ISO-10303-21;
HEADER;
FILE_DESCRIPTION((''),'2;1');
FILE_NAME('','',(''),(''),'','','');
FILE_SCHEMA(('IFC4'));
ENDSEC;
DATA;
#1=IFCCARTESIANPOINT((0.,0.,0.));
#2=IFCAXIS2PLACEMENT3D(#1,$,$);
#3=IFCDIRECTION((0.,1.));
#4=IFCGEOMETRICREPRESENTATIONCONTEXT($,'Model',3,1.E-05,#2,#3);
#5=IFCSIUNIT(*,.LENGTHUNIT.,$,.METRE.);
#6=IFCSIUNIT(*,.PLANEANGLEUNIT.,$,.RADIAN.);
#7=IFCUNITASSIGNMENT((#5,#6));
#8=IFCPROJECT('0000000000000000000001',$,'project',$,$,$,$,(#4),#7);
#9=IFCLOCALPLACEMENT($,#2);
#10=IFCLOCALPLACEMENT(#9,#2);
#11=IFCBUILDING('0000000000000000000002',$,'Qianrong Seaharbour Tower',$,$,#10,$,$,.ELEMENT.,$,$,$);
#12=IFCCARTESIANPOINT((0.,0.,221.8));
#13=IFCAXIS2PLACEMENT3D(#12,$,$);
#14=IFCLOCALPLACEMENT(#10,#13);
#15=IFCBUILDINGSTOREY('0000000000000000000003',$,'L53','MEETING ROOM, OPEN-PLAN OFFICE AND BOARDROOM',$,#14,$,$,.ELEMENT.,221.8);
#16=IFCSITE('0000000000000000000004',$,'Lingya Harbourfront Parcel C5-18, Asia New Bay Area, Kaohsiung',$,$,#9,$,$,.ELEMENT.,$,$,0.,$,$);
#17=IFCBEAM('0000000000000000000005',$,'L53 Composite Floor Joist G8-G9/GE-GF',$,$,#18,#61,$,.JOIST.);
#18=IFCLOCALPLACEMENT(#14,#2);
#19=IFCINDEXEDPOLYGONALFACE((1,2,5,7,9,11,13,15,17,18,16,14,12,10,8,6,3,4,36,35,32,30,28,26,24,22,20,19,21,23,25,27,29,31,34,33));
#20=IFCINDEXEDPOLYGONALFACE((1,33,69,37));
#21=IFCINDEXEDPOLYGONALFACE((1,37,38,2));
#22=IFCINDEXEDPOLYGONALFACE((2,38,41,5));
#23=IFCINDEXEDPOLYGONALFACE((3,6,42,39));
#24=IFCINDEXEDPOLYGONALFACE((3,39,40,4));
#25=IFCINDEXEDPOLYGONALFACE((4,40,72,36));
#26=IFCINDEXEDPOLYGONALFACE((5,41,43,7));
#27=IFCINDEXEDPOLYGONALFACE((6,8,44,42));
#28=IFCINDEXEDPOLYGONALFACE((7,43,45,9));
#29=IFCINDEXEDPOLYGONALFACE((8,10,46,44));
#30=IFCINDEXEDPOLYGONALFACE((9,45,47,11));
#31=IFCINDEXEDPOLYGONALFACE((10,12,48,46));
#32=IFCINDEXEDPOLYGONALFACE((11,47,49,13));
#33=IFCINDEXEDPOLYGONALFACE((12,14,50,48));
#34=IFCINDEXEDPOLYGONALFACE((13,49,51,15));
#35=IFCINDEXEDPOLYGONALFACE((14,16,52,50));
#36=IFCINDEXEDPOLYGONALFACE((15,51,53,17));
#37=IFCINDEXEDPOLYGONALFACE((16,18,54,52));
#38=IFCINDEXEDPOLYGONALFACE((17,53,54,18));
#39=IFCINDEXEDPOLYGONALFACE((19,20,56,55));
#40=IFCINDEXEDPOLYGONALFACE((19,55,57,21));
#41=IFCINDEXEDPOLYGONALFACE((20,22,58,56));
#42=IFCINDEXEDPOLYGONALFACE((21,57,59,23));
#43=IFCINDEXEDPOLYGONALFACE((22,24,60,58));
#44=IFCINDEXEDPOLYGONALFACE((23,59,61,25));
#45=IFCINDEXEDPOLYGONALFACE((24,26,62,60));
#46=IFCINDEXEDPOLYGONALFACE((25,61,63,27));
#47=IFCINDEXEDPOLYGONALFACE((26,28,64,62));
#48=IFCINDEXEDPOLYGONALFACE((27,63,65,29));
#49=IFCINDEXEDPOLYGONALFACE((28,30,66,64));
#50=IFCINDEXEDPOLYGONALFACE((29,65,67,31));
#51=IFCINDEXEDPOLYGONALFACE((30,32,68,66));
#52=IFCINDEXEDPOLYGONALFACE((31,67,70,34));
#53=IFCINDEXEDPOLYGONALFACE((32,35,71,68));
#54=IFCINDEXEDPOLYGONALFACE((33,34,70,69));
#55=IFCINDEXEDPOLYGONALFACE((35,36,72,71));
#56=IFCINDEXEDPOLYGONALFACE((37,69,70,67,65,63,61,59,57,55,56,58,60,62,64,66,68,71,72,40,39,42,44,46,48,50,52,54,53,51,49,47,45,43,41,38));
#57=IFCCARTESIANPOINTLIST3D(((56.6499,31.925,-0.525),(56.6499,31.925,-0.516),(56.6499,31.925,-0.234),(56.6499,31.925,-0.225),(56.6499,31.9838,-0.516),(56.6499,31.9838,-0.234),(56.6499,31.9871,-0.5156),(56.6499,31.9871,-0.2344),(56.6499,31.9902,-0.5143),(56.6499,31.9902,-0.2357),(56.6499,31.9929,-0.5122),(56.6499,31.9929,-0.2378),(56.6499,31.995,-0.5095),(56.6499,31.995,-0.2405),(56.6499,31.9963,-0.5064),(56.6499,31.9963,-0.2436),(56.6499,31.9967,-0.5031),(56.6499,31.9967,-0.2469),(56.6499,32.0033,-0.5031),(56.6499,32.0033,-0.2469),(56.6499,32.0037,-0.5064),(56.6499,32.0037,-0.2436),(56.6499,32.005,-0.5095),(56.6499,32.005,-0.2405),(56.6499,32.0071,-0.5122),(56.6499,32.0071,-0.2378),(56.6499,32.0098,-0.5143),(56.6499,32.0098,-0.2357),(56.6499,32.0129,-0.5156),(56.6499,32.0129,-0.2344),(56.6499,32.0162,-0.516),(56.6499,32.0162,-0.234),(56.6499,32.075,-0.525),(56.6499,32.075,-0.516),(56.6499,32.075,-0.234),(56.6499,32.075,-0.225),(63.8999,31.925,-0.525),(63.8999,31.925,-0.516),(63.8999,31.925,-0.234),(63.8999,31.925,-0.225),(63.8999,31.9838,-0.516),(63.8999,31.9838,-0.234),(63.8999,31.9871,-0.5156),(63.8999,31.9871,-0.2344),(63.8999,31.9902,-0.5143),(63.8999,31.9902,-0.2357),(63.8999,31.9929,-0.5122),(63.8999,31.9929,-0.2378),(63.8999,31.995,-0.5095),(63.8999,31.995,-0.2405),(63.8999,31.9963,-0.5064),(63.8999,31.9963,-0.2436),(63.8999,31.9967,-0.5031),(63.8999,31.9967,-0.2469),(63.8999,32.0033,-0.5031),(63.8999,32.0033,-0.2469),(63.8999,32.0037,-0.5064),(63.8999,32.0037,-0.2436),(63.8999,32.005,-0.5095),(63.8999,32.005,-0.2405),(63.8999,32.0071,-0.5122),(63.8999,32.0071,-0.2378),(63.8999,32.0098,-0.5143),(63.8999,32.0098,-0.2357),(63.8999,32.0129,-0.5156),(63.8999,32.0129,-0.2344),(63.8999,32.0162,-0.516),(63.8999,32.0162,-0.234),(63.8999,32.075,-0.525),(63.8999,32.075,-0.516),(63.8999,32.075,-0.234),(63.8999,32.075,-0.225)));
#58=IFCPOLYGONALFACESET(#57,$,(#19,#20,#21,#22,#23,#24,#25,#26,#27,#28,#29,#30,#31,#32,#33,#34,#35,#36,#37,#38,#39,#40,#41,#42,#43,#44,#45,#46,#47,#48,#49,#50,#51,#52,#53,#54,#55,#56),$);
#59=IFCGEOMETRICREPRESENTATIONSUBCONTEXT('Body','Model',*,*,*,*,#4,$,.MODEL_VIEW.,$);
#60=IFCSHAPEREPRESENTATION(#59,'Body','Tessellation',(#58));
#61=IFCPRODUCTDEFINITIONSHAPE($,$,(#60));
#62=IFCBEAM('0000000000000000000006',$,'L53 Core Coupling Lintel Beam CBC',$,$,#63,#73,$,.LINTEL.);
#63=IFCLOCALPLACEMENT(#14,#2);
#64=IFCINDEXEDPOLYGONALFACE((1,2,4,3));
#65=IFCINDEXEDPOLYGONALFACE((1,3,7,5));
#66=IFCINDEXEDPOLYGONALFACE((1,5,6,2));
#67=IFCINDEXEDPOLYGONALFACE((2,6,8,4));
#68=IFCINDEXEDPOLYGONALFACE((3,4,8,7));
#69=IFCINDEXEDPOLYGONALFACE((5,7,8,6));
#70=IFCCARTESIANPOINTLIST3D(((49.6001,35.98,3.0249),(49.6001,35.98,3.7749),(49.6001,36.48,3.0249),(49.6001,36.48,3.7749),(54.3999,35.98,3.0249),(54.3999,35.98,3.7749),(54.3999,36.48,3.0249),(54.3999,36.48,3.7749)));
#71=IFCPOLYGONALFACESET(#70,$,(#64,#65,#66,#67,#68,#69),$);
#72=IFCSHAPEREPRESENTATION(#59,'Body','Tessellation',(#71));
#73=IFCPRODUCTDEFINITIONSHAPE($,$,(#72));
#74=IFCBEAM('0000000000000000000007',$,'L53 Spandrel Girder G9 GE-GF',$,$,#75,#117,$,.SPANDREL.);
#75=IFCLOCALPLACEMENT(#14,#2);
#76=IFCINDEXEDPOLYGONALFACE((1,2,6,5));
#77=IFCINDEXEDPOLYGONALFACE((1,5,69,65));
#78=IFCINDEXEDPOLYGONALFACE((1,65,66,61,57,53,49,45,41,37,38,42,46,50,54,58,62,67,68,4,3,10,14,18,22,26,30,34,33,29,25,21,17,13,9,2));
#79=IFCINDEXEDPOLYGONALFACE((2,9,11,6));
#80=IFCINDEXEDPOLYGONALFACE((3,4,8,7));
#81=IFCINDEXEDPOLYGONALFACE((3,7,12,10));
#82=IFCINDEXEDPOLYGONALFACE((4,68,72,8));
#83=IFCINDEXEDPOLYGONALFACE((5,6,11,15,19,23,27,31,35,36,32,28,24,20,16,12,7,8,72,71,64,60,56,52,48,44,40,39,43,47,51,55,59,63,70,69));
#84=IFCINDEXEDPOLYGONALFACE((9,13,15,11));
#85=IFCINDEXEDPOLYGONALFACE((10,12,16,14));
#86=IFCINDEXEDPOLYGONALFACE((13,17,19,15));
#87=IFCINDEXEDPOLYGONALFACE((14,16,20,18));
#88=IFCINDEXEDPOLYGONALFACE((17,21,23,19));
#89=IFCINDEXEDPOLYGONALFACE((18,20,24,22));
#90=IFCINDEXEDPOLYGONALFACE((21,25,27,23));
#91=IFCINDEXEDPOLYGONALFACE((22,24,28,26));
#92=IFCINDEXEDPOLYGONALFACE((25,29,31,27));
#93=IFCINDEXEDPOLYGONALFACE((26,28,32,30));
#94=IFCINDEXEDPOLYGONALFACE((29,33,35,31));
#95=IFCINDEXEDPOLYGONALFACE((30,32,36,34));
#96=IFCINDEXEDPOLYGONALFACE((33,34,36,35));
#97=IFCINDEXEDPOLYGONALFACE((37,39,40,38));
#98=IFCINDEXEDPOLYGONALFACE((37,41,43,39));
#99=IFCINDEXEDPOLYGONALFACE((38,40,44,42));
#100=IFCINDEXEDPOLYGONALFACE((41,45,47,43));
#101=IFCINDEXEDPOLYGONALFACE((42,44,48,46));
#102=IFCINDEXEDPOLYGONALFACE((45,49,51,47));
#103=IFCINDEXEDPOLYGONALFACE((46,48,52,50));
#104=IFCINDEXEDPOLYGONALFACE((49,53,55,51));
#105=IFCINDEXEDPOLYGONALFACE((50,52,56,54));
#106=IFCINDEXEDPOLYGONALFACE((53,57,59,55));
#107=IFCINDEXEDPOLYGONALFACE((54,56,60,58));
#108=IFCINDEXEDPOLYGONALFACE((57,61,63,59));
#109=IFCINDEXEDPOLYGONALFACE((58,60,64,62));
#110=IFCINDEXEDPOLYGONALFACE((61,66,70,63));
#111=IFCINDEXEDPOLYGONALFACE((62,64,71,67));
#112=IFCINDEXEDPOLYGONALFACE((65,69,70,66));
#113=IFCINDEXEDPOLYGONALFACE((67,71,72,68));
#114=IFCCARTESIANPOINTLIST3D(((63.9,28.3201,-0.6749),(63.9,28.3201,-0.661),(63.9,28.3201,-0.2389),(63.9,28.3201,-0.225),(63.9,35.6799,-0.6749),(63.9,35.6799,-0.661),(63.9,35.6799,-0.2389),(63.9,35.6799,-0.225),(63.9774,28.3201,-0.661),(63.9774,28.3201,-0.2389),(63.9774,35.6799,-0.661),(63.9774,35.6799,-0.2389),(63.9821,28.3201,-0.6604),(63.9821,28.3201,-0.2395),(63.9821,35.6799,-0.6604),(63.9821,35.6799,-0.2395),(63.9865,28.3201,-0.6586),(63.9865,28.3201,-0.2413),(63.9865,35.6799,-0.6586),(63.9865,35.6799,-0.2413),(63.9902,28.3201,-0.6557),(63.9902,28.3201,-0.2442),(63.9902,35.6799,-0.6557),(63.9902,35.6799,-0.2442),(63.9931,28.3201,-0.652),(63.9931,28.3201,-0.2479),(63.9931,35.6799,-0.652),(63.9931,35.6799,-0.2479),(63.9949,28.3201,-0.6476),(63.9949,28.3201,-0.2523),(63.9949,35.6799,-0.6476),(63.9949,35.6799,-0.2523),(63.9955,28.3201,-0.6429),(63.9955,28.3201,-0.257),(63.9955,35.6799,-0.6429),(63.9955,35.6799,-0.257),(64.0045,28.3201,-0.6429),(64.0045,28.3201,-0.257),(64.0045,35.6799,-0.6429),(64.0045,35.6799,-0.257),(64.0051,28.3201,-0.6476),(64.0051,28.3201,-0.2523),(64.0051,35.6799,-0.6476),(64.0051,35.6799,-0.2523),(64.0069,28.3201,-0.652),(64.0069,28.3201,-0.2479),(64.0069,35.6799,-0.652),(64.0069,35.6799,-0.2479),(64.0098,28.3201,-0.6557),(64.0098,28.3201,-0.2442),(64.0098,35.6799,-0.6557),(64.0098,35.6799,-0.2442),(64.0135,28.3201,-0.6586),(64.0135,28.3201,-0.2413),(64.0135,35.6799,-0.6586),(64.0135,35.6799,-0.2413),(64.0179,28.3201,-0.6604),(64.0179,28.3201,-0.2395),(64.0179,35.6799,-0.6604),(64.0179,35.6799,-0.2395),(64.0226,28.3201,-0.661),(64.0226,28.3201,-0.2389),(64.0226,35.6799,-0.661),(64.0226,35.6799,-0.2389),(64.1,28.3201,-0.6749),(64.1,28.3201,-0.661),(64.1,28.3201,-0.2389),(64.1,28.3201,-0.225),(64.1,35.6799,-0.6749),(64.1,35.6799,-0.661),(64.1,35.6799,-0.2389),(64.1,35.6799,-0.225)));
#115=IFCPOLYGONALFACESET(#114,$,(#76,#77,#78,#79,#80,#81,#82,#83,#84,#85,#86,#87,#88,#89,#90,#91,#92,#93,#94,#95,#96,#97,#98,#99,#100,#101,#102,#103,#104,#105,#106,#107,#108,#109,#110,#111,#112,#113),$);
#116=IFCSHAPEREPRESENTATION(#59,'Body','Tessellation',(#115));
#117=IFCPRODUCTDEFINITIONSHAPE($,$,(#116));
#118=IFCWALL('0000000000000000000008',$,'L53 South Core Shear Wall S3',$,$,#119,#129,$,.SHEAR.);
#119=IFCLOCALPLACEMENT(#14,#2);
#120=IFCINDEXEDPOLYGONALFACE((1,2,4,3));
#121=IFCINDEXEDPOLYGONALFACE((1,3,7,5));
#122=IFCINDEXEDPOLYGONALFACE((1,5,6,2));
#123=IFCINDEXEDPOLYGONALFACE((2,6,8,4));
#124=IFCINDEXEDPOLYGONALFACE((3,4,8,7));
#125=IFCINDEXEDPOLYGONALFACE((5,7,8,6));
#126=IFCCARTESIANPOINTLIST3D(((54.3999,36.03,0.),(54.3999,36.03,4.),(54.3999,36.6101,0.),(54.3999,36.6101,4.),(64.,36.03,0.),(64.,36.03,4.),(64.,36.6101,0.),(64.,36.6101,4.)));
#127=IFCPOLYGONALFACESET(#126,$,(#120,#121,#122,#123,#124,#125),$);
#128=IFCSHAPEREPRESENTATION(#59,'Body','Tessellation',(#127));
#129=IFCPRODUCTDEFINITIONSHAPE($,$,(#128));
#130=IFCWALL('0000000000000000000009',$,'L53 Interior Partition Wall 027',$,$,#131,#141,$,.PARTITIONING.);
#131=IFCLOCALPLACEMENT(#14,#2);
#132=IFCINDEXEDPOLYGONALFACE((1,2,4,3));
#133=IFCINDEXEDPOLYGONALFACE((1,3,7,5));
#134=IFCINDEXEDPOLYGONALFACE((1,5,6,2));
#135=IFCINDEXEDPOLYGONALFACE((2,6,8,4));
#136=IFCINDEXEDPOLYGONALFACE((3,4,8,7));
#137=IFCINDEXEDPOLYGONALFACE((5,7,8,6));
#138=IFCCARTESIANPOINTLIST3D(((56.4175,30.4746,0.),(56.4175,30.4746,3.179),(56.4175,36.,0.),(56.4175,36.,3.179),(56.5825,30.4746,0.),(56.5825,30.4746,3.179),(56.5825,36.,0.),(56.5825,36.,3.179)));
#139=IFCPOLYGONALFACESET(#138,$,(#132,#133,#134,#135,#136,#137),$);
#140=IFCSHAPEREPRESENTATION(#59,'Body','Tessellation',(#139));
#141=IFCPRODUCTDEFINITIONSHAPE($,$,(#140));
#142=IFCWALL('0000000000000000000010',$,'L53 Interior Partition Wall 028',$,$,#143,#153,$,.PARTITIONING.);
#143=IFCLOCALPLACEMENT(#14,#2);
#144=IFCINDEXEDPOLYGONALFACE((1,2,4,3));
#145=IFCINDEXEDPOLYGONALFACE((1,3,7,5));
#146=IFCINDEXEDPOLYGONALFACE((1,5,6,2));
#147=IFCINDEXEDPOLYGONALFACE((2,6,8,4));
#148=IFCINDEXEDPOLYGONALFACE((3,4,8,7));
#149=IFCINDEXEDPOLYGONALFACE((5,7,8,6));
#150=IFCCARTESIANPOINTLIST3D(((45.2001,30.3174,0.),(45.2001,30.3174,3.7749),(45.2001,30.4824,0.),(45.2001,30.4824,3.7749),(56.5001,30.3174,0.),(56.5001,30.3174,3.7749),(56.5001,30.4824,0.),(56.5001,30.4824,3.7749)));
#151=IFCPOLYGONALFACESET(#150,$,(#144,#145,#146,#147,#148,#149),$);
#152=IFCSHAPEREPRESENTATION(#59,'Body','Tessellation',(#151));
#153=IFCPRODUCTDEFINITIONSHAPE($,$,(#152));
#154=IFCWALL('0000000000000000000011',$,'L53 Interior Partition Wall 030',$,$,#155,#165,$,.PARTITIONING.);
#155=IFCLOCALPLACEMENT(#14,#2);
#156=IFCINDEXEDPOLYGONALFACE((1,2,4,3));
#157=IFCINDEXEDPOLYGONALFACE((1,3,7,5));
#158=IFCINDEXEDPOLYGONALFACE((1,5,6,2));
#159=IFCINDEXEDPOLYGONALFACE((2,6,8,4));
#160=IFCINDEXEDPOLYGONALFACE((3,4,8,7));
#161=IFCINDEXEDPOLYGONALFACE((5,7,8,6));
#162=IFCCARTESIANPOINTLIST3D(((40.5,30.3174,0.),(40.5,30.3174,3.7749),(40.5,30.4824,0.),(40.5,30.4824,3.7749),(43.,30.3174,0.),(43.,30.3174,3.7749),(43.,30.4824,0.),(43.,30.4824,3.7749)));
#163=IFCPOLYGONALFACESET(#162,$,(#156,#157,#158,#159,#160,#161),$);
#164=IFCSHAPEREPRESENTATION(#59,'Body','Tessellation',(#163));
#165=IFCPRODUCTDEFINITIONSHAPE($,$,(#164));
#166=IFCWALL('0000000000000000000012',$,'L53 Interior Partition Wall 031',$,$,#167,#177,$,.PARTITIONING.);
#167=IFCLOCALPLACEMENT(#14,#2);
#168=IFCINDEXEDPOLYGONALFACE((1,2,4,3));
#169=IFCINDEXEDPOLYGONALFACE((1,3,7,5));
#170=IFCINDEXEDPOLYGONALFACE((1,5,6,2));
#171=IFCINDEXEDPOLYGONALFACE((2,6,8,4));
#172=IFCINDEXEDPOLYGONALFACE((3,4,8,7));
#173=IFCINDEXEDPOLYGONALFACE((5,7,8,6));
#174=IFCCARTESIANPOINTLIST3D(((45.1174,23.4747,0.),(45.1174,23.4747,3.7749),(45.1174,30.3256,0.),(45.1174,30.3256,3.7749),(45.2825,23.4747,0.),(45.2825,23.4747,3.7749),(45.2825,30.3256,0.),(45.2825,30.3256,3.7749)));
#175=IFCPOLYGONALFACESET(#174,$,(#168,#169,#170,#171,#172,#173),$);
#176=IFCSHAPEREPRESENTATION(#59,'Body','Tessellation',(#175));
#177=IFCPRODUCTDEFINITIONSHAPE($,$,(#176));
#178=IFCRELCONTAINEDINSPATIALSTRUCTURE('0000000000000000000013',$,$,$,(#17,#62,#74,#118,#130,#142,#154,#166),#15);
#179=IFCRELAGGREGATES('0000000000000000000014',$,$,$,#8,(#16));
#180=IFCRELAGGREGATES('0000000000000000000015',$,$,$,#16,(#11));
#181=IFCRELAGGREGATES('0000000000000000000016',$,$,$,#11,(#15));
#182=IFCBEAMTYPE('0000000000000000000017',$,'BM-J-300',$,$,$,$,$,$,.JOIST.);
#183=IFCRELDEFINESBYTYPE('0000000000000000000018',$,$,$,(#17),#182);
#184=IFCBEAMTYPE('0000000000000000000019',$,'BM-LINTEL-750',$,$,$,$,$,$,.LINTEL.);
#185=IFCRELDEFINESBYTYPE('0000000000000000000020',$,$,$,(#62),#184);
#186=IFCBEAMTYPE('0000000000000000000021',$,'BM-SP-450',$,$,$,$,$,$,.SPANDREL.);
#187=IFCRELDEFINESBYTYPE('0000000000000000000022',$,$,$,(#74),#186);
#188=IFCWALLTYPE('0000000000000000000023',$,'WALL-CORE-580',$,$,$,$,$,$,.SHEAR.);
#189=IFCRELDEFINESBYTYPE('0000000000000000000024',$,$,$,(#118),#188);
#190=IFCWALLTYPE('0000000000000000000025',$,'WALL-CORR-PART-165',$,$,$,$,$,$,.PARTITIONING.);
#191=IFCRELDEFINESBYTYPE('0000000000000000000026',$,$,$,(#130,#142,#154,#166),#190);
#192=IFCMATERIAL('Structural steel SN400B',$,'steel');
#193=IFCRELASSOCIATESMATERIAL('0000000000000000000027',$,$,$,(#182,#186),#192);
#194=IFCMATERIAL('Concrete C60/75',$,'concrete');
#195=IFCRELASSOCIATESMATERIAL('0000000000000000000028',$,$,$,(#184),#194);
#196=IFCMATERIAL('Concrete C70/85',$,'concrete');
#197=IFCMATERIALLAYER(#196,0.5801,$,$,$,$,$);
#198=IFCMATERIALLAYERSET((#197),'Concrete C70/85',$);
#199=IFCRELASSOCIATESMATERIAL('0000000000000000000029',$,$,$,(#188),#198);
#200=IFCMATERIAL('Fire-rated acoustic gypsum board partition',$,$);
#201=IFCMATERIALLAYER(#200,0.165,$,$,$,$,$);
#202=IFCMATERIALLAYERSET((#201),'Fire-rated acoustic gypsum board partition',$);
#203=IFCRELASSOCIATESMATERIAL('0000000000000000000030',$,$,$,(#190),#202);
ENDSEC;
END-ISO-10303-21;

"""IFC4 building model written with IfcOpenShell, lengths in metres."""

from ifc_helpers import new_model, si_unit, direction, frame, frame_2d, origin, origin_2d, place, context, subcontext, project, spatial, rectangle, i_section, extrude, material, layer, layer_set, material_profile, profile_set, type_object, element, save


model = new_model("IFC4")

# Units and contexts
model_context = context("Model", 3, precision=1e-05, world=origin(), true_north=direction((0.0, 1.0)))
body_context = subcontext(model_context, "Body", "Model", "MODEL_VIEW")
ifc_project = project(units=[si_unit("LENGTHUNIT", "METRE"), si_unit("PLANEANGLEUNIT", "RADIAN")], contexts=[model_context])

# Site, building, storey
site_placement = place(None, origin())
site = spatial("IfcSite", under=ifc_project, at=site_placement, Name="Lingya Harbourfront Parcel C5-18, Asia New Bay Area, Kaohsiung", CompositionType="ELEMENT", RefElevation=0.0)
building_placement = place(site_placement, origin())
building = spatial("IfcBuilding", under=site, at=building_placement, Name="Qianrong Seaharbour Tower", CompositionType="ELEMENT")
storey_placement = place(building_placement, frame((0.0, 0.0, 221.8)))
storey = spatial("IfcBuildingStorey", under=building, at=storey_placement, Name="L53", Description="MEETING ROOM, OPEN-PLAN OFFICE AND BOARDROOM", CompositionType="ELEMENT", Elevation=221.8)

# Beams
ifc_material_1 = material(Name="Structural steel SN400B", Category="steel")
ifc_material_profile_1 = material_profile(ifc_material_1, i_section(OverallWidth=0.1499, OverallDepth=0.3, WebThickness=0.0066, FlangeThickness=0.009, FilletRadius=0.0129, at=origin_2d()), Name="H300x150x6.5x9")
ifc_profile_set_1 = profile_set([ifc_material_profile_1], Name="Structural steel SN400B")
beam_type_1 = type_object("IfcBeamType", Name="BM-J-300", PredefinedType="JOIST", material=ifc_profile_set_1)
for number, where, z_axis, x_axis, name in (
    (1, (56.6499, 32.0, -0.375), (1.0, 0.0, 0.0), (0.0, 1.0, 0.0), "L53 Composite Floor Joist G8-G9/GE-GF"),
):
    element("IfcBeam", number, at=place(storey_placement, frame(where, z_axis=z_axis, x_axis=x_axis)), inside=storey, type_object=beam_type_1, Name=name, PredefinedType="JOIST", context=body_context, shape_type="SweptSolid", body=[
        extrude(i_section(OverallWidth=0.1499, OverallDepth=0.3, WebThickness=0.0066, FlangeThickness=0.009, FilletRadius=0.0129, at=origin_2d()), origin(), (0.0, 0.0, 1.0), 7.25),
    ])
ifc_material_2 = material(Name="Concrete C60/75", Category="concrete")
ifc_material_profile_2 = material_profile(ifc_material_2, rectangle(XDim=0.5, YDim=0.75, at=origin_2d()), Name="RC500x750")
ifc_profile_set_2 = profile_set([ifc_material_profile_2], Name="Concrete C60/75")
beam_type_2 = type_object("IfcBeamType", Name="BM-LINTEL-750", PredefinedType="LINTEL", material=ifc_profile_set_2)
beam_1_placement = place(storey_placement, frame((49.6001, 36.23, 3.3999), z_axis=(1.0, 0.0, 0.0), x_axis=(0.0, 1.0, 0.0)))
element("IfcBeam", 2, at=beam_1_placement, inside=storey, type_object=beam_type_2, Name="L53 Core Coupling Lintel Beam CBC", PredefinedType="LINTEL", context=body_context, shape_type="SweptSolid", body=[
    extrude(rectangle(XDim=0.5, YDim=0.75, at=origin_2d()), origin(), (0.0, 0.0, 1.0), 4.7998),
])
ifc_material_profile_3 = material_profile(ifc_material_1, i_section(OverallWidth=0.2, OverallDepth=0.45, WebThickness=0.009, FlangeThickness=0.0139, FilletRadius=0.0181, at=origin_2d()), Name="H450x200x9x14")
ifc_profile_set_3 = profile_set([ifc_material_profile_3], Name="Structural steel SN400B")
beam_type_3 = type_object("IfcBeamType", Name="BM-SP-450", PredefinedType="SPANDREL", material=ifc_profile_set_3)
beam_2_placement = place(storey_placement, frame((64.0, 28.3201, -0.45), z_axis=(0.0, 1.0, 0.0), x_axis=(-1.0, 0.0, 0.0)))
element("IfcBeam", 3, at=beam_2_placement, inside=storey, type_object=beam_type_3, Name="L53 Spandrel Girder G9 GE-GF", PredefinedType="SPANDREL", context=body_context, shape_type="SweptSolid", body=[
    extrude(i_section(OverallWidth=0.2, OverallDepth=0.45, WebThickness=0.009, FlangeThickness=0.0139, FilletRadius=0.0181, at=origin_2d()), origin(), (0.0, 0.0, 1.0), 7.3599),
])

# Walls
ifc_material_3 = material(Name="Concrete C70/85", Category="concrete")
ifc_layer_1 = layer(ifc_material_3, 0.5801)
ifc_layer_set_1 = layer_set([ifc_layer_1], Name="Concrete C70/85")
wall_type_1 = type_object("IfcWallType", Name="WALL-CORE-580", PredefinedType="SHEAR", material=ifc_layer_set_1)
wall_1_placement = place(storey_placement, frame((54.3999, 36.3201, 0.0), z_axis=(0.0, 0.0, 1.0), x_axis=(1.0, 0.0, 0.0)))
element("IfcWall", 4, at=wall_1_placement, inside=storey, type_object=wall_type_1, Name="L53 South Core Shear Wall S3", PredefinedType="SHEAR", context=body_context, shape_type="SweptSolid", body=[
    extrude(rectangle(XDim=9.6001, YDim=0.5801, at=frame_2d((4.8, 0.0))), origin(), (0.0, 0.0, 1.0), 4.0),
])
ifc_material_4 = material(Name="Fire-rated acoustic gypsum board partition")
ifc_layer_2 = layer(ifc_material_4, 0.165)
ifc_layer_set_2 = layer_set([ifc_layer_2], Name="Fire-rated acoustic gypsum board partition")
wall_type_2 = type_object("IfcWallType", Name="WALL-CORR-PART-165", PredefinedType="PARTITIONING", material=ifc_layer_set_2)
wall_2_placement = place(storey_placement, frame((56.5, 36.0, 0.0), z_axis=(0.0, 0.0, 1.0), x_axis=(0.0, -1.0, 0.0)))
element("IfcWall", 5, at=wall_2_placement, inside=storey, type_object=wall_type_2, Name="L53 Interior Partition Wall 027", PredefinedType="PARTITIONING", context=body_context, shape_type="SweptSolid", body=[
    extrude(rectangle(XDim=5.5254, YDim=0.165, at=frame_2d((2.7627, 0.0))), origin(), (0.0, 0.0, 1.0), 3.179),
])
wall_3_placement = place(storey_placement, frame((56.5, 30.3999, 0.0), z_axis=(0.0, 0.0, 1.0), x_axis=(-1.0, 0.0, 0.0)))
element("IfcWall", 6, at=wall_3_placement, inside=storey, type_object=wall_type_2, Name="L53 Interior Partition Wall 028", PredefinedType="PARTITIONING", context=body_context, shape_type="SweptSolid", body=[
    extrude(rectangle(XDim=11.3, YDim=0.165, at=frame_2d((5.6499, 0.0))), origin(), (0.0, 0.0, 1.0), 3.7749),
])
wall_4_placement = place(storey_placement, frame((43.0, 30.3999, 0.0), z_axis=(0.0, 0.0, 1.0), x_axis=(-1.0, 0.0, 0.0)))
element("IfcWall", 7, at=wall_4_placement, inside=storey, type_object=wall_type_2, Name="L53 Interior Partition Wall 030", PredefinedType="PARTITIONING", context=body_context, shape_type="SweptSolid", body=[
    extrude(rectangle(XDim=2.5, YDim=0.165, at=frame_2d((1.25, 0.0))), origin(), (0.0, 0.0, 1.0), 3.7749),
])
wall_5_placement = place(storey_placement, frame((45.2, 30.3254, 0.0), z_axis=(0.0, 0.0, 1.0), x_axis=(0.0, -1.0, 0.0)))
element("IfcWall", 8, at=wall_5_placement, inside=storey, type_object=wall_type_2, Name="L53 Interior Partition Wall 031", PredefinedType="PARTITIONING", context=body_context, shape_type="SweptSolid", body=[
    extrude(rectangle(XDim=6.8508, YDim=0.165, at=frame_2d((3.4253, 0.0))), origin(), (0.0, 0.0, 1.0), 3.7749),
])

save(model, "model.ifc")
